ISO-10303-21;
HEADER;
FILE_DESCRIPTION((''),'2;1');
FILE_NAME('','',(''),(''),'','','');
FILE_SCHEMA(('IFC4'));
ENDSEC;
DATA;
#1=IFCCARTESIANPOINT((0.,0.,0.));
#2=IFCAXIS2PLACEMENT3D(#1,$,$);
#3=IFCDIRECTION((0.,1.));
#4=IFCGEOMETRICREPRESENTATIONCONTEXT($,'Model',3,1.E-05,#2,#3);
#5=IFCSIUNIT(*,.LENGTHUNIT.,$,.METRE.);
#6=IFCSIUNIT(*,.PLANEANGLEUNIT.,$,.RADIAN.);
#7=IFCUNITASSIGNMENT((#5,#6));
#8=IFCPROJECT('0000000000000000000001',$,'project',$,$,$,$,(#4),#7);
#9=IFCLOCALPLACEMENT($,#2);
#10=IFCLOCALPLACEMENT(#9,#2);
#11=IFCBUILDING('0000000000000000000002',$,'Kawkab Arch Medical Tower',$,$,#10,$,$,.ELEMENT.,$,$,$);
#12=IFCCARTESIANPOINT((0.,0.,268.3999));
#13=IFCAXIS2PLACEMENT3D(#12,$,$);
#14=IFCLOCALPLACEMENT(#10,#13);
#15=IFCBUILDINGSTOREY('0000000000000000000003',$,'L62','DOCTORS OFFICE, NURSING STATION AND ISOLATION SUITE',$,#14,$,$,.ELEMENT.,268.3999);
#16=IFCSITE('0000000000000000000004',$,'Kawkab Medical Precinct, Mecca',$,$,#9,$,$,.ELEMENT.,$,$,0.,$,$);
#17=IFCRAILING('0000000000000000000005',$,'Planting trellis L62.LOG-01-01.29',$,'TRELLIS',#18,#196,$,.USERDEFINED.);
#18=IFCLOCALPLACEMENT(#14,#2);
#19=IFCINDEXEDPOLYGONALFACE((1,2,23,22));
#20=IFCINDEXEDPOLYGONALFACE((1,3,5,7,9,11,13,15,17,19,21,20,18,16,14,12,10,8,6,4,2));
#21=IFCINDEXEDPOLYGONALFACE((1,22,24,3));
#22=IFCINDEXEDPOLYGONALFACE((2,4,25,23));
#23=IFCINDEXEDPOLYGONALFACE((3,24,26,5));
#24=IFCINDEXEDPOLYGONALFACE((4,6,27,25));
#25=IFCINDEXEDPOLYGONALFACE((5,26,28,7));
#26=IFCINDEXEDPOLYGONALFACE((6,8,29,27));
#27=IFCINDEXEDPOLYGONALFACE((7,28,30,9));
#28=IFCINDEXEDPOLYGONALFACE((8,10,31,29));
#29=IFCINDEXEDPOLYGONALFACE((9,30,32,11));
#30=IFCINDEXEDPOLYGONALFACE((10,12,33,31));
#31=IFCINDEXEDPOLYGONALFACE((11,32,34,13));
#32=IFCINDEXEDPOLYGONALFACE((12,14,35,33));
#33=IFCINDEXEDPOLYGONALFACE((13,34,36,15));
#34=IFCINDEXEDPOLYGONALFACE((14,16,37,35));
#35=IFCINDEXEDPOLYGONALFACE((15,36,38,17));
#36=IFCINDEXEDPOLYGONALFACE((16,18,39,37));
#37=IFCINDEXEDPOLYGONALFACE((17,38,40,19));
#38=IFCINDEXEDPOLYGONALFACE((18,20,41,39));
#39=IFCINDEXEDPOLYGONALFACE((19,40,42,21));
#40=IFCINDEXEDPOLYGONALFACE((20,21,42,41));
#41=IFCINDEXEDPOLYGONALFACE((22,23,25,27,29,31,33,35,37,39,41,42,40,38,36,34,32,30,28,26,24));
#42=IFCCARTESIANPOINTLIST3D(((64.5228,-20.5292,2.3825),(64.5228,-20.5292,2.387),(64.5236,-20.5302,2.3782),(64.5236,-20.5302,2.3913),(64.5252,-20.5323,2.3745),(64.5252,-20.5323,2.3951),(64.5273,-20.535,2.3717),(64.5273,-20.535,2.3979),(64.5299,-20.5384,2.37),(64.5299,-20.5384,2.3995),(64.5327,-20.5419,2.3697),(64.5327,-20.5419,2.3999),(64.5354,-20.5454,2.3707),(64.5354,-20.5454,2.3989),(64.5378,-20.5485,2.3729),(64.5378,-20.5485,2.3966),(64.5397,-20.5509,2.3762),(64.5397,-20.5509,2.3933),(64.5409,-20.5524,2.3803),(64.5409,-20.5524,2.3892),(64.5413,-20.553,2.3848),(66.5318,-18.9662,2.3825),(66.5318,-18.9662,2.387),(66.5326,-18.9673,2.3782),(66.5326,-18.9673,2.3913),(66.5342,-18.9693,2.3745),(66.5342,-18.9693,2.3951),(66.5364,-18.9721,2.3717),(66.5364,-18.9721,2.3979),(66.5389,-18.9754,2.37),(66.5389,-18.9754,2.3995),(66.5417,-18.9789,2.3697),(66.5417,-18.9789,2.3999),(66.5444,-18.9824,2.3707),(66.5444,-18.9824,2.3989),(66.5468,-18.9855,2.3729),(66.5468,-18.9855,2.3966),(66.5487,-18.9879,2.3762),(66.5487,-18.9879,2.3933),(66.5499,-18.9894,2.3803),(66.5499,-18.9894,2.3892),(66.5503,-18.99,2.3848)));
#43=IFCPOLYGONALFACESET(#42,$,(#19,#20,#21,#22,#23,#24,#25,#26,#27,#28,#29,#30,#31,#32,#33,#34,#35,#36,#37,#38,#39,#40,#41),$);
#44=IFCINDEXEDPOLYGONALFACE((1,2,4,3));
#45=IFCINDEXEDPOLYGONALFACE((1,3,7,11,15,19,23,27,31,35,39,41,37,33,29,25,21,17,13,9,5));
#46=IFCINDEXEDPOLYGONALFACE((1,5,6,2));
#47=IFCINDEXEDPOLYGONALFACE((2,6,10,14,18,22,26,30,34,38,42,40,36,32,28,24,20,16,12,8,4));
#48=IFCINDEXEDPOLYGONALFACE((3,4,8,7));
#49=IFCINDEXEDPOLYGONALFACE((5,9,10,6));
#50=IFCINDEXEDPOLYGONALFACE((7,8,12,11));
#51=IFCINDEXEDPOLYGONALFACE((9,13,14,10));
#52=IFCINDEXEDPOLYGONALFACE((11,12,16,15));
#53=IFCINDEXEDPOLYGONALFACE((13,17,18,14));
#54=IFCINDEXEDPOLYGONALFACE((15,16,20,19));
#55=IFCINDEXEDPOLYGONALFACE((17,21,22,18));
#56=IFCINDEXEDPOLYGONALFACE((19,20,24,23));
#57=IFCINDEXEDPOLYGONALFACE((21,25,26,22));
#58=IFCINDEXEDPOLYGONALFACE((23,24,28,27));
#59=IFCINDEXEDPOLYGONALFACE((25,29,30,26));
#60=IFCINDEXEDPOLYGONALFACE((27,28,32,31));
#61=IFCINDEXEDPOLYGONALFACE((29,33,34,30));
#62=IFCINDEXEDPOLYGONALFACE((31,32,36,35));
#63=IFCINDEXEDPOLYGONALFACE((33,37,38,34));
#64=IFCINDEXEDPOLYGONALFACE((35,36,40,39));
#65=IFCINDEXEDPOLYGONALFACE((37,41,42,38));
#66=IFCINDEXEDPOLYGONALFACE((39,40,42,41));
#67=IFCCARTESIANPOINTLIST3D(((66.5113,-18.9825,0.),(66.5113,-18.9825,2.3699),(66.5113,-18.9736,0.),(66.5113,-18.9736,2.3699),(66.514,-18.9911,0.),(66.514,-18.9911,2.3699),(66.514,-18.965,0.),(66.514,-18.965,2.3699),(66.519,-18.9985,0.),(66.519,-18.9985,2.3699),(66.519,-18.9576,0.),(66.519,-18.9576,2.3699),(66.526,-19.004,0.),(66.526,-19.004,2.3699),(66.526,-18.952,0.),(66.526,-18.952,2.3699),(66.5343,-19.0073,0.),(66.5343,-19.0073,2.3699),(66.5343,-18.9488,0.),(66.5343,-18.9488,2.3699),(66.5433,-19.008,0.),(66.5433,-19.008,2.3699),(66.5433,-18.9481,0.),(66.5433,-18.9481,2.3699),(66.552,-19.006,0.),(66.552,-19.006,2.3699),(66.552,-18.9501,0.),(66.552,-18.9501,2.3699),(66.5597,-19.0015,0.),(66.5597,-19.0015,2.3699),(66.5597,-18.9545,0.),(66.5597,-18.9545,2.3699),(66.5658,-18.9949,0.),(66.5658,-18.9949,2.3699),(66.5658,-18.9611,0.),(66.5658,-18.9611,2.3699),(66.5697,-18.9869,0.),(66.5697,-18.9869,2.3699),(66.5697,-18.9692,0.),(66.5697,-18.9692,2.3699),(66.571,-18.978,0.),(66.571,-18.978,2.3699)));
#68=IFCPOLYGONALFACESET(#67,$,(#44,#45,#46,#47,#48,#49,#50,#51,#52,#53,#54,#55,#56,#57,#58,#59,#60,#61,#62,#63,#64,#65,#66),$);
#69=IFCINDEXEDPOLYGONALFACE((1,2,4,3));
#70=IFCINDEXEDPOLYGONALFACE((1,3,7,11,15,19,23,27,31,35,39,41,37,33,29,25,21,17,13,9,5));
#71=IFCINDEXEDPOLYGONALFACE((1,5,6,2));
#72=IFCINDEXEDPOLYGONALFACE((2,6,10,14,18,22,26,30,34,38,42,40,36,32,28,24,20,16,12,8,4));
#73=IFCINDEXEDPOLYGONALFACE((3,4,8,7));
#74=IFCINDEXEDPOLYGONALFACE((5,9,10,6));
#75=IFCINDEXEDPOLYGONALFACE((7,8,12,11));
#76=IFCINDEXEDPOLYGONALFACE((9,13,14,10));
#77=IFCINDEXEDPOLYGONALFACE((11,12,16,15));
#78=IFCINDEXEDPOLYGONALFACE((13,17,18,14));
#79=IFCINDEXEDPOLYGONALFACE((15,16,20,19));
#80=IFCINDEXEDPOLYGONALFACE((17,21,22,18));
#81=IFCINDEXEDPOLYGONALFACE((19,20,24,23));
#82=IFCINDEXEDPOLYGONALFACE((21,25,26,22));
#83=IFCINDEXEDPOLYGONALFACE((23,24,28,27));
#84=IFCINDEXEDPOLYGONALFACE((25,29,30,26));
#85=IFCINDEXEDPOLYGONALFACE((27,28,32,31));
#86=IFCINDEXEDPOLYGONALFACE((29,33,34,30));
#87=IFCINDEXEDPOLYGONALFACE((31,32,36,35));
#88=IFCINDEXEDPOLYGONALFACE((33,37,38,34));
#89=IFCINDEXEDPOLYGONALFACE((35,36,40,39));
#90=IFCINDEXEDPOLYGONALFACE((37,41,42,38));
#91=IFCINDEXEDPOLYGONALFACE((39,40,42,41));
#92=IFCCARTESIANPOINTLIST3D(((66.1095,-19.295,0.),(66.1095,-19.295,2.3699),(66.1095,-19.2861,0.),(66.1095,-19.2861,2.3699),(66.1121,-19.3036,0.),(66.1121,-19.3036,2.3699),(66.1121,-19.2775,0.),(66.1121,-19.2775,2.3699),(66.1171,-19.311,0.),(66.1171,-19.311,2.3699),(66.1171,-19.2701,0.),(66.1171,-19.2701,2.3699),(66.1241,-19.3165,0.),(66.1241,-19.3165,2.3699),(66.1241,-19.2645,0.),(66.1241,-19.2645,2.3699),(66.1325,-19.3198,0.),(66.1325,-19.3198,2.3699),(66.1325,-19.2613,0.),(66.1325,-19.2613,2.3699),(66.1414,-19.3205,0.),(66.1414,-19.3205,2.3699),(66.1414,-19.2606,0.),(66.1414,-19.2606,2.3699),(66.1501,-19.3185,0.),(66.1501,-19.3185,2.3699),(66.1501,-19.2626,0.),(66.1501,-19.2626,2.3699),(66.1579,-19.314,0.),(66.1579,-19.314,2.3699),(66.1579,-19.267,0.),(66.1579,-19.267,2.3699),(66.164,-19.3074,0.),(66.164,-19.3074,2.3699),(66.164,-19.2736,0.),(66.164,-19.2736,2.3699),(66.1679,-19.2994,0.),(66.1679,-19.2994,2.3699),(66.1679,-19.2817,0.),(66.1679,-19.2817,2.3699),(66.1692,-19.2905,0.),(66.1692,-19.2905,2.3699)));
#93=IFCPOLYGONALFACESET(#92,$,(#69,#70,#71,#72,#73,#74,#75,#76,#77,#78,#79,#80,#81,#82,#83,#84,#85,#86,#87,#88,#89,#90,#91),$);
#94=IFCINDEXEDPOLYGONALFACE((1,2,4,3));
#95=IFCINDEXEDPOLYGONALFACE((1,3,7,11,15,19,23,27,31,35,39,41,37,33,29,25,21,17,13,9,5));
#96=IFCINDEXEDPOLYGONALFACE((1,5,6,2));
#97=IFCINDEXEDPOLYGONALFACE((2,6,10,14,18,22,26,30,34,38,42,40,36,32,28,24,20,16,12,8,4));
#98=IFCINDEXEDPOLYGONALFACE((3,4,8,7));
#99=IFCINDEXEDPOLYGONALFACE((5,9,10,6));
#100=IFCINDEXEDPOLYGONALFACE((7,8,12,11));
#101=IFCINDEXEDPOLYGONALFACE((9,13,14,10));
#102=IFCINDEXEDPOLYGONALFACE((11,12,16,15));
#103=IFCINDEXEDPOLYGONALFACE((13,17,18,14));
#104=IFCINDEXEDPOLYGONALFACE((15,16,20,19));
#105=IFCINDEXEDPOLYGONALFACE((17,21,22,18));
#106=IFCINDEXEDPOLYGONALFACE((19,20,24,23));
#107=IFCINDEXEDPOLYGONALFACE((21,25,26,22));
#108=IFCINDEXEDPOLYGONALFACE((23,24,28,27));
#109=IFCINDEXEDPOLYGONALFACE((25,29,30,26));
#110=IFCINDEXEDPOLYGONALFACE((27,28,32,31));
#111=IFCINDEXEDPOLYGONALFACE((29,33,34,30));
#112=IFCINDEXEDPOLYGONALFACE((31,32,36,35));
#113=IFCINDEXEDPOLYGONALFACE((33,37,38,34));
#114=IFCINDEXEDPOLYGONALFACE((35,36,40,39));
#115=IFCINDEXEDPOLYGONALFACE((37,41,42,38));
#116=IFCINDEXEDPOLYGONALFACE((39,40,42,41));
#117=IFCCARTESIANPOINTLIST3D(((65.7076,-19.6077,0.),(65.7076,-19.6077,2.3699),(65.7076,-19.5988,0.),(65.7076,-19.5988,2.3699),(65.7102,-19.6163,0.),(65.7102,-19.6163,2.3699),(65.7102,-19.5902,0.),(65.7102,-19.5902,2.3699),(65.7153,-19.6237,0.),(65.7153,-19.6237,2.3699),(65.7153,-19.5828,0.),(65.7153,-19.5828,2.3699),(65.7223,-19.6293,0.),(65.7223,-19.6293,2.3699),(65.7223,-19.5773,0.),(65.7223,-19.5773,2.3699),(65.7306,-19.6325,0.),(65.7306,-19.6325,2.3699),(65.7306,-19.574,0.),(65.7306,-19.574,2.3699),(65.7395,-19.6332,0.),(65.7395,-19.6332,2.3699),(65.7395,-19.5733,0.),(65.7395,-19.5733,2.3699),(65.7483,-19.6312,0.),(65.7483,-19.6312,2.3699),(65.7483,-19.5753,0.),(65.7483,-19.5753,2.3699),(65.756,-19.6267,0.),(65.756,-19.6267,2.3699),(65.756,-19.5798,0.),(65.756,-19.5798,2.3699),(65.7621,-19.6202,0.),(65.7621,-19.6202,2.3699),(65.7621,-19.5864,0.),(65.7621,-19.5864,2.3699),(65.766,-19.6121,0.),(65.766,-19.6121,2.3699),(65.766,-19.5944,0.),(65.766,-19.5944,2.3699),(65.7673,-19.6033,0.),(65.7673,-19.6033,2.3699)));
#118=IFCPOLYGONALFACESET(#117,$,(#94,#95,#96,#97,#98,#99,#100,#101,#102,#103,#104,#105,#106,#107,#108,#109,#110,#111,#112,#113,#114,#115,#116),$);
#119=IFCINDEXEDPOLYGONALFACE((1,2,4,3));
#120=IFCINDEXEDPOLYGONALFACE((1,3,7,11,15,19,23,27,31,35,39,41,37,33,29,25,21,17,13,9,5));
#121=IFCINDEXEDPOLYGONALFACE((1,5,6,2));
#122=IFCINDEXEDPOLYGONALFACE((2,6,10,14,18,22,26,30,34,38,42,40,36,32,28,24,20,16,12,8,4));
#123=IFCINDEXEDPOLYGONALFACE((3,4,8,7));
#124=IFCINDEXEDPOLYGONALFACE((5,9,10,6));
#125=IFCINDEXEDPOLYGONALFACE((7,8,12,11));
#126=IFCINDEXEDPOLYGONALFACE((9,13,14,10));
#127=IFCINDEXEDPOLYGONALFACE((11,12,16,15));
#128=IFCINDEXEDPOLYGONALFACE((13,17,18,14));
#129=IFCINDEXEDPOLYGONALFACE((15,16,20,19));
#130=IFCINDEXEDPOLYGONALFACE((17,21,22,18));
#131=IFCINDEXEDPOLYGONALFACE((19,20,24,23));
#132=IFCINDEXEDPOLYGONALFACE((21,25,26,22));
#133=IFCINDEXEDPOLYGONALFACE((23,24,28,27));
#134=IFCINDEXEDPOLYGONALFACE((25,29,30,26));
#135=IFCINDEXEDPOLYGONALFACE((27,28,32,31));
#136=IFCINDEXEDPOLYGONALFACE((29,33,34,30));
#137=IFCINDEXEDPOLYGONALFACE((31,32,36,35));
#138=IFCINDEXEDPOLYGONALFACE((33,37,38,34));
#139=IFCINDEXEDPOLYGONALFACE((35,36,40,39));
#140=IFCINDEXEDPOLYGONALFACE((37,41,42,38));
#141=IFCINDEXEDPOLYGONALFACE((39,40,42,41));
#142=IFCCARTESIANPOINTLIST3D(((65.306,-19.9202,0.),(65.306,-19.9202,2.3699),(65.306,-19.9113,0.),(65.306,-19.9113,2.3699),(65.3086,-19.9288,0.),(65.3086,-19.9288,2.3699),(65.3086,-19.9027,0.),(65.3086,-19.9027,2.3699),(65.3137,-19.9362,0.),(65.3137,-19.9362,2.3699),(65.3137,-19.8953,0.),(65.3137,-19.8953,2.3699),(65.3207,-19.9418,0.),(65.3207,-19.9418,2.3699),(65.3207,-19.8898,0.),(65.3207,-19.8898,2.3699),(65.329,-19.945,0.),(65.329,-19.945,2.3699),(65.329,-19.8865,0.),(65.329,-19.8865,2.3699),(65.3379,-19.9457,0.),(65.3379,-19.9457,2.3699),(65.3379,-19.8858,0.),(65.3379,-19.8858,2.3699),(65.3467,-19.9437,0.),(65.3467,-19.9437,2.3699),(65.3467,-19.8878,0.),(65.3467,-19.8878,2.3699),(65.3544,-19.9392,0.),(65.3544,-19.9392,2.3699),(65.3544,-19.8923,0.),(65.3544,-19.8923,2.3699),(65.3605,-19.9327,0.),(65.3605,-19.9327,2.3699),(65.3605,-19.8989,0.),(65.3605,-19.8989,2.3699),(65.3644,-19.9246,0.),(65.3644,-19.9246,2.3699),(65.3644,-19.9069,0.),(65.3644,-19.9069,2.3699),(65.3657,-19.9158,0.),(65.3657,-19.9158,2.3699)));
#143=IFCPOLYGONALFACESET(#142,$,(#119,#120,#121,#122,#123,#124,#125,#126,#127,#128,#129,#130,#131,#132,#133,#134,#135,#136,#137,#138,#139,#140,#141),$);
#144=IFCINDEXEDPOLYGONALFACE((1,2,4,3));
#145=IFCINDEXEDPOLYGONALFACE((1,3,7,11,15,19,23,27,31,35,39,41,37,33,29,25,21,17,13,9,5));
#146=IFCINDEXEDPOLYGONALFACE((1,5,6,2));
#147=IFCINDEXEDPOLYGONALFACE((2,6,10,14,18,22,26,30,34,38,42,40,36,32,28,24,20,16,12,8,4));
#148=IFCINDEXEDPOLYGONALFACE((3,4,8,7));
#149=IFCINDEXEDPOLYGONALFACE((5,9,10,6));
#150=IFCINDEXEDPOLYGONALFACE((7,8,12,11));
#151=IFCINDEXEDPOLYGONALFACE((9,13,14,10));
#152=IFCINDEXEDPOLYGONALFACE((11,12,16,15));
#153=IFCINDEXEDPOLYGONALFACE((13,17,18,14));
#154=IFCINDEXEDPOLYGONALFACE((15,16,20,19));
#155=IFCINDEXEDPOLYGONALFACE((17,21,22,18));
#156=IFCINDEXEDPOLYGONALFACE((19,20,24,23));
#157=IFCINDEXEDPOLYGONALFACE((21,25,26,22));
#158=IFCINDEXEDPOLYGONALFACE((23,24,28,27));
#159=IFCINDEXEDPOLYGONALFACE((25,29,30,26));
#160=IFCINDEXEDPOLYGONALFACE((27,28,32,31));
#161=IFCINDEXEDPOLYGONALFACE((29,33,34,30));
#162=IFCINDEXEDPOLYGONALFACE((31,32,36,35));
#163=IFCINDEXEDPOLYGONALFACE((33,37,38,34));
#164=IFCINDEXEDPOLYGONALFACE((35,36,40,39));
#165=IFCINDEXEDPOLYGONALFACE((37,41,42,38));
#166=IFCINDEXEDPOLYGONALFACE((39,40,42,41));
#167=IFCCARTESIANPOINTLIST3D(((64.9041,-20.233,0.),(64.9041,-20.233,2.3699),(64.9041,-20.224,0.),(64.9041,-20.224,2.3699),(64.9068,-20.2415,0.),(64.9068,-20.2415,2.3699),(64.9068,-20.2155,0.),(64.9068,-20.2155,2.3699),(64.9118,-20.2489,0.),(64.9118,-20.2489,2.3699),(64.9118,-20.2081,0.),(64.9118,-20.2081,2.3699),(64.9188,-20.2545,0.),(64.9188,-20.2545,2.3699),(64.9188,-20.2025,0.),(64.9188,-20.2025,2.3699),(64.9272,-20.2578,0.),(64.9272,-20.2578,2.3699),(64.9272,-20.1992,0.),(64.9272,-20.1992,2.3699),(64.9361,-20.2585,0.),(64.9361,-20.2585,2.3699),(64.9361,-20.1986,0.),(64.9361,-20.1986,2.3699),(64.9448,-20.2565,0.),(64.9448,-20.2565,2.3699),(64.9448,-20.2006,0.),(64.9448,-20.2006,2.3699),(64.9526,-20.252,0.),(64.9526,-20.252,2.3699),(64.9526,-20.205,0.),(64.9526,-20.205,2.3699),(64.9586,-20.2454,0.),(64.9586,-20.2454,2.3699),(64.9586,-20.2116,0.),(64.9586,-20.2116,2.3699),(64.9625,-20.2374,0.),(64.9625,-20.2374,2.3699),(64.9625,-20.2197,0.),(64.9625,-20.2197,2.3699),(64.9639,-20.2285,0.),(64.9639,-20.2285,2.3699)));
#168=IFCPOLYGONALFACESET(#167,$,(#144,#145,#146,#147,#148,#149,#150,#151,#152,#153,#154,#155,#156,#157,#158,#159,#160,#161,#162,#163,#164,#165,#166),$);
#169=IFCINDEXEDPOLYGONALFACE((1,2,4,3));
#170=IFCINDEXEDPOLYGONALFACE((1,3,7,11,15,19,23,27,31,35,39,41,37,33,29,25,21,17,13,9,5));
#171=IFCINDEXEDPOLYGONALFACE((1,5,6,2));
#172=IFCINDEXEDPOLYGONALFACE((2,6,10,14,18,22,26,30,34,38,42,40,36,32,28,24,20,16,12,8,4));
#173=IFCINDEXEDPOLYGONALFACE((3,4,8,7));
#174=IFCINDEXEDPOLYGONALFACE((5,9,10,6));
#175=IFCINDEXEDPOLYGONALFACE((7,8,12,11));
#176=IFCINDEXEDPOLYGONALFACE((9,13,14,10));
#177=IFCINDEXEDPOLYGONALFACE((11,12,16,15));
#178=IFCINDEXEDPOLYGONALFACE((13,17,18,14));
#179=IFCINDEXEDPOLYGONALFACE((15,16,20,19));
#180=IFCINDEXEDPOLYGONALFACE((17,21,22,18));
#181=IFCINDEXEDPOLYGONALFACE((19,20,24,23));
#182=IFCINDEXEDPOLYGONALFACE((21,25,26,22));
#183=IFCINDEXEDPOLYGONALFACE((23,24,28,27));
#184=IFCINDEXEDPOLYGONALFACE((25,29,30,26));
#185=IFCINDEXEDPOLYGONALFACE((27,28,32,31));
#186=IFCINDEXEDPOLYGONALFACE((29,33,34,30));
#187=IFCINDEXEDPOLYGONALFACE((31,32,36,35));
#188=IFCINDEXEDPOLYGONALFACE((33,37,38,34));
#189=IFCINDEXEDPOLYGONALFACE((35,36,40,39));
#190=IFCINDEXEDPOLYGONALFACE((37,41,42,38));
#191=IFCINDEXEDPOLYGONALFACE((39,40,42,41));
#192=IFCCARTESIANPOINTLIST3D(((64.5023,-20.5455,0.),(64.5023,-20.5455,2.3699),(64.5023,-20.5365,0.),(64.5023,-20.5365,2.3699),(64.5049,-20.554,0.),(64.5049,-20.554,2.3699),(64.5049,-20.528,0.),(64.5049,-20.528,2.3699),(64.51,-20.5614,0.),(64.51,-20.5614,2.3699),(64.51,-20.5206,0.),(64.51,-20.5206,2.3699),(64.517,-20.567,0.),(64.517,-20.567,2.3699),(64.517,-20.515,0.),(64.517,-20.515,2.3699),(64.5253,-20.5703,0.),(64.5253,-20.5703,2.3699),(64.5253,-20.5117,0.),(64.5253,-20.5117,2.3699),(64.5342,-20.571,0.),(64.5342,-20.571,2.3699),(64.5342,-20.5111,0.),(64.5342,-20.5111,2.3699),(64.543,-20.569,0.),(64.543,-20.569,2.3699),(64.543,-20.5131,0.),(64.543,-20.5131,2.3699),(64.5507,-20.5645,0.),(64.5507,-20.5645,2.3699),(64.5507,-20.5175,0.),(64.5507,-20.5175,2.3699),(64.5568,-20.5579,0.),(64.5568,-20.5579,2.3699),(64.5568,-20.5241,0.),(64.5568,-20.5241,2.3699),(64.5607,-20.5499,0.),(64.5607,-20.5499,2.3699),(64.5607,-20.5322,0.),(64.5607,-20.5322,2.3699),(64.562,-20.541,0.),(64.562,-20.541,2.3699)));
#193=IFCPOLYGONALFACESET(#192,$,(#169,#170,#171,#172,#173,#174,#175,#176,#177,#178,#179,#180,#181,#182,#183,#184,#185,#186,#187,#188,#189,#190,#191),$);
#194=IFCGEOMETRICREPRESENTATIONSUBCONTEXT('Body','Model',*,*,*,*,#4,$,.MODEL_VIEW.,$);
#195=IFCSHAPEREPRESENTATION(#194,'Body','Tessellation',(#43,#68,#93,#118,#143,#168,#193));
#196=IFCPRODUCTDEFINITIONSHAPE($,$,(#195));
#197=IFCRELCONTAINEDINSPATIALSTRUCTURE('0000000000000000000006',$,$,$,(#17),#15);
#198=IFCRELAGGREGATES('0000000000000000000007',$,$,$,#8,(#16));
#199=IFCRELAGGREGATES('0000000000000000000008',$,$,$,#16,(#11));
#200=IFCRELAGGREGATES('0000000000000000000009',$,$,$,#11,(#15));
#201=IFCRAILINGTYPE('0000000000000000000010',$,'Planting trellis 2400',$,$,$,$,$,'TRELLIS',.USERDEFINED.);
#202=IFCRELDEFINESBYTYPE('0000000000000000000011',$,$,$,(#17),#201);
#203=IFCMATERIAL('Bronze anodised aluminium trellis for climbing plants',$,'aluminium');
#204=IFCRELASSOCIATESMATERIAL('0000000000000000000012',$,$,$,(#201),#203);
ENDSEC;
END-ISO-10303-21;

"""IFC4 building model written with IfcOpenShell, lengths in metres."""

from ifc_helpers import new_model, si_unit, direction, frame, origin, origin_2d, place, context, subcontext, project, spatial, circle, extrude, material, type_object, element, save


model = new_model("IFC4")

# Units and contexts
model_context = context("Model", 3, precision=1e-05, world=origin(), true_north=direction((0.0, 1.0)))
body_context = subcontext(model_context, "Body", "Model", "MODEL_VIEW")
ifc_project = project(units=[si_unit("LENGTHUNIT", "METRE"), si_unit("PLANEANGLEUNIT", "RADIAN")], contexts=[model_context])

# Site, building, storey
site_placement = place(None, origin())
site = spatial("IfcSite", under=ifc_project, at=site_placement, Name="Kawkab Medical Precinct, Mecca", CompositionType="ELEMENT", RefElevation=0.0)
building_placement = place(site_placement, origin())
building = spatial("IfcBuilding", under=site, at=building_placement, Name="Kawkab Arch Medical Tower", CompositionType="ELEMENT")
storey_placement = place(building_placement, frame((0.0, 0.0, 268.3999)))
storey = spatial("IfcBuildingStorey", under=building, at=storey_placement, Name="L62", Description="DOCTORS OFFICE, NURSING STATION AND ISOLATION SUITE", CompositionType="ELEMENT", Elevation=268.3999)

# Railing
ifc_material_1 = material(Name="Bronze anodised aluminium trellis for climbing plants", Category="aluminium")
railing_type = type_object("IfcRailingType", Name="Planting trellis 2400", ElementType="TRELLIS", PredefinedType="USERDEFINED", material=ifc_material_1)
railing_1_placement = place(storey_placement, frame((66.541, -18.978, 0.0)))
element("IfcRailing", 1, at=railing_1_placement, inside=storey, type_object=railing_type, Name="Planting trellis L62.LOG-01-01.29", ObjectType="TRELLIS", PredefinedType="USERDEFINED", context=body_context, shape_type="SweptSolid", body=[
    extrude(circle(Radius=0.0151, at=origin_2d()), frame((0.0, 0.0, 2.3848), z_axis=(-0.789275, -0.61404, 0.0), x_axis=(0.61404, -0.789275, 0.0)), (0.0, 0.0, 1.0), 2.5454),
    extrude(circle(Radius=0.03, at=origin_2d()), origin(), (0.0, 0.0, 1.0), 2.3699),
    extrude(circle(Radius=0.03, at=origin_2d()), frame((-0.4019, -0.3125, 0.0)), (0.0, 0.0, 1.0), 2.3699),
    extrude(circle(Radius=0.03, at=origin_2d()), frame((-0.8037, -0.6252, 0.0)), (0.0, 0.0, 1.0), 2.3699),
    extrude(circle(Radius=0.03, at=origin_2d()), frame((-1.2053, -0.9377, 0.0)), (0.0, 0.0, 1.0), 2.3699),
    extrude(circle(Radius=0.03, at=origin_2d()), frame((-1.6072, -1.2505, 0.0)), (0.0, 0.0, 1.0), 2.3699),
    extrude(circle(Radius=0.03, at=origin_2d()), frame((-2.009, -1.563, 0.0)), (0.0, 0.0, 1.0), 2.3699),
])

save(model, "model.ifc")
